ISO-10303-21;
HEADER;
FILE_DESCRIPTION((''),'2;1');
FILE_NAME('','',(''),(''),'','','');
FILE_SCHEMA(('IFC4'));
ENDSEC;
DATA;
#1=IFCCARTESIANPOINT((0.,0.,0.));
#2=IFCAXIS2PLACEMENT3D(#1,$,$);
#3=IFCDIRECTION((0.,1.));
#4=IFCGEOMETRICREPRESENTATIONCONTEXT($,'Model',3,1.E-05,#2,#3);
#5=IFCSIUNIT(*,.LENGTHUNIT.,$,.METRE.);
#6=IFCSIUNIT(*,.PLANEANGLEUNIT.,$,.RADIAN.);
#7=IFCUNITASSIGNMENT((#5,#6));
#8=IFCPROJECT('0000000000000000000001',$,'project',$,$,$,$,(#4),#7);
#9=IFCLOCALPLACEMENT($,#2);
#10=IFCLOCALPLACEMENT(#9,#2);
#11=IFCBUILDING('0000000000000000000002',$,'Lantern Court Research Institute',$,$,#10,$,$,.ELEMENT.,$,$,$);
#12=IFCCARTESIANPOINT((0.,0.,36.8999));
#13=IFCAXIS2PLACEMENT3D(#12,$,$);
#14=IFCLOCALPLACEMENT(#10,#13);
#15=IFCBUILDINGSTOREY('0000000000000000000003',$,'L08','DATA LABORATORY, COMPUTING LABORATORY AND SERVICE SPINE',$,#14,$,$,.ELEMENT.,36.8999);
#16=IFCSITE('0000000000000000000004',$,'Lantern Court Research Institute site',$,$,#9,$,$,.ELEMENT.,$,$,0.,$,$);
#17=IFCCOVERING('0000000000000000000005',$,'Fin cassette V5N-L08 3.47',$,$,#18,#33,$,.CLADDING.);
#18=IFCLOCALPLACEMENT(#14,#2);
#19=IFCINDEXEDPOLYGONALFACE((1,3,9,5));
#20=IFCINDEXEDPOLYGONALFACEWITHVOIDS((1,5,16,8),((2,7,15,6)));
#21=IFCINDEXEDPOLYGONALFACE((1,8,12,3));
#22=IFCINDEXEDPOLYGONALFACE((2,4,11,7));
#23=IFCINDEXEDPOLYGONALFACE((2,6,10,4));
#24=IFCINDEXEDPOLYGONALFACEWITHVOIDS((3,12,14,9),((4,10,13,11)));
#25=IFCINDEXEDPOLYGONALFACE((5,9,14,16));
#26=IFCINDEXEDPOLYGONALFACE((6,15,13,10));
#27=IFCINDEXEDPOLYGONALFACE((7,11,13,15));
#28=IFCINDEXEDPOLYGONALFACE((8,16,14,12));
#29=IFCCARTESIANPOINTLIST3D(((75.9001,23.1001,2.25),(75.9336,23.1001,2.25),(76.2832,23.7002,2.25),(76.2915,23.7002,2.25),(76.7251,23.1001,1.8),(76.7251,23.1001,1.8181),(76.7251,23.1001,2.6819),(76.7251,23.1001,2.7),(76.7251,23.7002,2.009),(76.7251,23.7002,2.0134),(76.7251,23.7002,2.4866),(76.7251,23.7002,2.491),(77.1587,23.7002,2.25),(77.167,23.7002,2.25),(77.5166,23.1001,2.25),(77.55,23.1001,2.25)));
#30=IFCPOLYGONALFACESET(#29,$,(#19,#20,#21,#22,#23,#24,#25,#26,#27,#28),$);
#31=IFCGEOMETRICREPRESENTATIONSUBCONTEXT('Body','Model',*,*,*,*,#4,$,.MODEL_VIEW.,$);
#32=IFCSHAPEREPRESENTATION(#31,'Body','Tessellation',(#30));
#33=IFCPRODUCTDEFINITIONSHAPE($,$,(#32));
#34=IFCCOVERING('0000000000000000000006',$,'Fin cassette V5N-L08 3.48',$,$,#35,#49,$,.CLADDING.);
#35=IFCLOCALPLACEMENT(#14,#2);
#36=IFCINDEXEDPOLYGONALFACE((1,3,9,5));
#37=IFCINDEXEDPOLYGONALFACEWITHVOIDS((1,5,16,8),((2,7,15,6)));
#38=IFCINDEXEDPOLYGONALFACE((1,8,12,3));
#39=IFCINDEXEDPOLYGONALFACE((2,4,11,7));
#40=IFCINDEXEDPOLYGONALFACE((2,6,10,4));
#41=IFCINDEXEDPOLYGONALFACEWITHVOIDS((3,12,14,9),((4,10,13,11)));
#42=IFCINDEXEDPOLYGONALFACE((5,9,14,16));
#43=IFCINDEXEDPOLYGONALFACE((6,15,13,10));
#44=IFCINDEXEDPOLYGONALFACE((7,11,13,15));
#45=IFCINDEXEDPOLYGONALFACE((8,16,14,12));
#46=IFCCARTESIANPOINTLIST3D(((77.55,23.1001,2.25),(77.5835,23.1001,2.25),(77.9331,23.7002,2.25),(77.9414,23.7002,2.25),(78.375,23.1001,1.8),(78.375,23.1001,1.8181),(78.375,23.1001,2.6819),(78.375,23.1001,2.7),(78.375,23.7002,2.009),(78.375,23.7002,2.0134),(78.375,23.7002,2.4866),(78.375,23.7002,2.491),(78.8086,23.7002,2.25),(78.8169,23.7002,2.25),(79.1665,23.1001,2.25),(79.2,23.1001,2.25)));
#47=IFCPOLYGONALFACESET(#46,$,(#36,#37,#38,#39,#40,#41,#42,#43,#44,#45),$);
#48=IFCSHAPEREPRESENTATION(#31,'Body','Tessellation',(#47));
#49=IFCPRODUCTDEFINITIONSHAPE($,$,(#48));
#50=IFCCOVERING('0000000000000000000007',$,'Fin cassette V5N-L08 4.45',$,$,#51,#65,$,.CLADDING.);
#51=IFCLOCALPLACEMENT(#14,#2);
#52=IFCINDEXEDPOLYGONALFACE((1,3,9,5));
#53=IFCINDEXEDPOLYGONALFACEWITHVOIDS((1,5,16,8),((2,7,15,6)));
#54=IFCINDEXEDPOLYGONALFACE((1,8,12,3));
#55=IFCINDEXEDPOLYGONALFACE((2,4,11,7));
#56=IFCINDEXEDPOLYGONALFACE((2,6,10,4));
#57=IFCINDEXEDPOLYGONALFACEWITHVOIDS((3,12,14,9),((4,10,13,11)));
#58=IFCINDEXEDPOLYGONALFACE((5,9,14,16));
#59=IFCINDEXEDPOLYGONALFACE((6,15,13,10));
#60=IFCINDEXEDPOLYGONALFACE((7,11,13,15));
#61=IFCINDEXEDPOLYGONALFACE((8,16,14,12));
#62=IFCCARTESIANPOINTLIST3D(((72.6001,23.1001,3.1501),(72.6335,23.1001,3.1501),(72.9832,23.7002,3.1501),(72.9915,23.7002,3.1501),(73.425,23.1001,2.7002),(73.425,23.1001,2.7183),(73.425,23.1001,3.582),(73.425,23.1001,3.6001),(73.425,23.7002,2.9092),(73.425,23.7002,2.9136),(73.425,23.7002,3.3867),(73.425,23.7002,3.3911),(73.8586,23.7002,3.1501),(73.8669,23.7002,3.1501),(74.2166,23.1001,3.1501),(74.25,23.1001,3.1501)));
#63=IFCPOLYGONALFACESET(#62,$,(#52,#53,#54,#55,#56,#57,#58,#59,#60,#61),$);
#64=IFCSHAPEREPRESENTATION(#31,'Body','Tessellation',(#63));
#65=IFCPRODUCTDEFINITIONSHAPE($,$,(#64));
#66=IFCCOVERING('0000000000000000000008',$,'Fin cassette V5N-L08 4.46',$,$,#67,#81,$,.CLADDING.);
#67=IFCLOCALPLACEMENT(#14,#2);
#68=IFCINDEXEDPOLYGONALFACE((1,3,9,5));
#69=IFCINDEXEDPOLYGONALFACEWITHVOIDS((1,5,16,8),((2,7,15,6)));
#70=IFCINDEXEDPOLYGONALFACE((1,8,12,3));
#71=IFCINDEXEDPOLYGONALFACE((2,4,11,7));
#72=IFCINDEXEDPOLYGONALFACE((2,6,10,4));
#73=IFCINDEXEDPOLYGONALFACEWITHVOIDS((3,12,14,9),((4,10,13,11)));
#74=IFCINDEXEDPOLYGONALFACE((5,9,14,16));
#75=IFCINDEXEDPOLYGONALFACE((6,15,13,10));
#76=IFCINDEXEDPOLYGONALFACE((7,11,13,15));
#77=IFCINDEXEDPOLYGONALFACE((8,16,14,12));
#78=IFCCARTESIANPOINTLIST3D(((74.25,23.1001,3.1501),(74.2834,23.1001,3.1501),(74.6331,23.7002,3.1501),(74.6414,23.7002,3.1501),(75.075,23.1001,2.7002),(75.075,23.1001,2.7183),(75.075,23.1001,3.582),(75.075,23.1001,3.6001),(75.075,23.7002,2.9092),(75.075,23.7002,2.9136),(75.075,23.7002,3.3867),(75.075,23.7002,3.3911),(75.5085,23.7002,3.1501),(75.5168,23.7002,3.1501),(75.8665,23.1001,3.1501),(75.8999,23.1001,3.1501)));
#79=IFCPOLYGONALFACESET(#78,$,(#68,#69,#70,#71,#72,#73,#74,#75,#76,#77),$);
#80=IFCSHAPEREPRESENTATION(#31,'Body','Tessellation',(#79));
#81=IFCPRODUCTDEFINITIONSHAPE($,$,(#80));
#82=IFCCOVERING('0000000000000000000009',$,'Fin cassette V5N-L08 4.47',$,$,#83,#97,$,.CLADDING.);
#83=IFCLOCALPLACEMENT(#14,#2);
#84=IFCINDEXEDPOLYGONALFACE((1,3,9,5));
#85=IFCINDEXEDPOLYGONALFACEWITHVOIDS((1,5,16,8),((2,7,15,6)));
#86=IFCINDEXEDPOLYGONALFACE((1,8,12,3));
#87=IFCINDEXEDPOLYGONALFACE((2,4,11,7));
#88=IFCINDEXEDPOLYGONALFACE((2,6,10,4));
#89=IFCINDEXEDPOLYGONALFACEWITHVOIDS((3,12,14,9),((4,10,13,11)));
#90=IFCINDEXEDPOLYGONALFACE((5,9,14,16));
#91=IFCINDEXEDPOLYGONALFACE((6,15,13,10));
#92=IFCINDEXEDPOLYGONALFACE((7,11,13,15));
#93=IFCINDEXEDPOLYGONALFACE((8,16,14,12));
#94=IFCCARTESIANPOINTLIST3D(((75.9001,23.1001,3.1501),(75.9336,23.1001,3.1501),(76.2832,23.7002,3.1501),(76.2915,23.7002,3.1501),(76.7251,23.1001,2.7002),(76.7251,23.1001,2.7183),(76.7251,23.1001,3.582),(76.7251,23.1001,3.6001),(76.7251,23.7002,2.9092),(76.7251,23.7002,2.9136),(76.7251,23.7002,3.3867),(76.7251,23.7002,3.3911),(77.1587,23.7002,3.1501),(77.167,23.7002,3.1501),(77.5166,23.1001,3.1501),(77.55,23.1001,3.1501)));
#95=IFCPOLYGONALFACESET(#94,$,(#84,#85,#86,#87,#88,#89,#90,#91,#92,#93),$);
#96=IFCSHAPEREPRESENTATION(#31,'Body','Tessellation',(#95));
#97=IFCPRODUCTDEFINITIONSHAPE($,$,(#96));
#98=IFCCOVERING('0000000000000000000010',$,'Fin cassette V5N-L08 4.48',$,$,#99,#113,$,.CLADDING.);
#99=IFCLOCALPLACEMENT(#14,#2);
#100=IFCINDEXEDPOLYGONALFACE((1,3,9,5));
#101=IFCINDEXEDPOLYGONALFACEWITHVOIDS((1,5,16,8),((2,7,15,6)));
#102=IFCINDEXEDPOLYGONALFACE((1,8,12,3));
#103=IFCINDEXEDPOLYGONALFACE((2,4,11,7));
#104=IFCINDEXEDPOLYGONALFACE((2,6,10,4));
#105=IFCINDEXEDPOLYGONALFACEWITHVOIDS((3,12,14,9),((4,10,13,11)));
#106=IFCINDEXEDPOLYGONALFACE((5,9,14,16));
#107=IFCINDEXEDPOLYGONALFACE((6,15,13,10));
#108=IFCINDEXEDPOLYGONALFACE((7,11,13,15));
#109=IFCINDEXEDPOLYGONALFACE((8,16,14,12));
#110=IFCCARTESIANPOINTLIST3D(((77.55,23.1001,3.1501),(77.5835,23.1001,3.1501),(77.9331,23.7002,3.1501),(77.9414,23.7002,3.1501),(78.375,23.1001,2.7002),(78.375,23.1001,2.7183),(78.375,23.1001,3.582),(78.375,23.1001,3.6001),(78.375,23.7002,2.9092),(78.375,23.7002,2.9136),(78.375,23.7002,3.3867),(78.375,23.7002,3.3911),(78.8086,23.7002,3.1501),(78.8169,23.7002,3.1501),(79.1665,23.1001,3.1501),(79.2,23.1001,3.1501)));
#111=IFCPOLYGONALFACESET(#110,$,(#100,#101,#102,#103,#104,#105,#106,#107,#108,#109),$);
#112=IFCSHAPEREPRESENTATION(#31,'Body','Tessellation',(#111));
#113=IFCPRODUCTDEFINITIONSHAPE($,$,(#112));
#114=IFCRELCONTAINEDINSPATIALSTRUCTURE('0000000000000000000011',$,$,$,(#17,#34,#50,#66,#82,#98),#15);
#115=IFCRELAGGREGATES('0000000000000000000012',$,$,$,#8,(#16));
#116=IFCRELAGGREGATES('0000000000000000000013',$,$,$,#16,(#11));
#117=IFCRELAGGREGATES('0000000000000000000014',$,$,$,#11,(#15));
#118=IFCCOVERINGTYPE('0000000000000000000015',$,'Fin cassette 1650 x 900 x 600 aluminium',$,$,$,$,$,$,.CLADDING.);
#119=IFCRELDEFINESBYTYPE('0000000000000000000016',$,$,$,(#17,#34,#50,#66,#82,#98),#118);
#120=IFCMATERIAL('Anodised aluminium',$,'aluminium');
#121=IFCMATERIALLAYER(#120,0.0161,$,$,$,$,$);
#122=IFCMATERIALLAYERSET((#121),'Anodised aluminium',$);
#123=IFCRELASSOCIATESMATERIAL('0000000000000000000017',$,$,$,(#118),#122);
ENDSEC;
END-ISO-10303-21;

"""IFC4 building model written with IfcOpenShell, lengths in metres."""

from ifc_helpers import new_model, entity, si_unit, direction, frame, origin, place, context, subcontext, project, spatial, material, layer, layer_set, type_object, element, save


model = new_model("IFC4")

# Units and contexts
model_context = context("Model", 3, precision=1e-05, world=origin(), true_north=direction((0.0, 1.0)))
body_context = subcontext(model_context, "Body", "Model", "MODEL_VIEW")
ifc_project = project(units=[si_unit("LENGTHUNIT", "METRE"), si_unit("PLANEANGLEUNIT", "RADIAN")], contexts=[model_context])

# Site, building, storey
site_placement = place(None, origin())
site = spatial("IfcSite", under=ifc_project, at=site_placement, Name="Lantern Court Research Institute site", CompositionType="ELEMENT", RefElevation=0.0)
building_placement = place(site_placement, origin())
building = spatial("IfcBuilding", under=site, at=building_placement, Name="Lantern Court Research Institute", CompositionType="ELEMENT")
storey_placement = place(building_placement, frame((0.0, 0.0, 36.8999)))
storey = spatial("IfcBuildingStorey", under=building, at=storey_placement, Name="L08", Description="DATA LABORATORY, COMPUTING LABORATORY AND SERVICE SPINE", CompositionType="ELEMENT", Elevation=36.8999)

# Coverings
ifc_material = material(Name="Anodised aluminium", Category="aluminium")
ifc_layer = layer(ifc_material, 0.0161)
ifc_layer_set = layer_set([ifc_layer], Name="Anodised aluminium")
covering_type = type_object("IfcCoveringType", Name="Fin cassette 1650 x 900 x 600 aluminium", PredefinedType="CLADDING", material=ifc_layer_set)
covering_1_placement = place(storey_placement, frame((76.7251, 23.1001, 2.25), z_axis=(0.0, 1.0, 0.0), x_axis=(-1.0, 0.0, 0.0)))
cartesian_point_1 = entity("IfcCartesianPoint", [0.825, 0.0])
cartesian_point_2 = entity("IfcCartesianPoint", [0.7915, 0.0])
cartesian_point_3 = entity("IfcCartesianPoint", [0.4419, 0.0])
cartesian_point_4 = entity("IfcCartesianPoint", [0.4336, 0.0])
element("IfcCovering", 1, at=covering_1_placement, inside=storey, type_object=covering_type, Name="Fin cassette V5N-L08 3.47", PredefinedType="CLADDING", context=body_context, shape_type="SweptSolid", body=[
    entity("IfcExtrudedAreaSolidTapered", entity("IfcArbitraryProfileDefWithVoids", "AREA", None, entity("IfcPolyline", [cartesian_point_1, entity("IfcCartesianPoint", [0.0, 0.45]), entity("IfcCartesianPoint", [-0.825, 0.0]), entity("IfcCartesianPoint", [0.0, -0.45]), cartesian_point_1]), [entity("IfcPolyline", [cartesian_point_2, entity("IfcCartesianPoint", [0.0, 0.4319]), entity("IfcCartesianPoint", [-0.7915, 0.0]), entity("IfcCartesianPoint", [0.0, -0.4319]), cartesian_point_2])]), entity("IfcAxis2Placement3D", entity("IfcCartesianPoint", [0.0, 0.0, 0.0])), entity("IfcDirection", [0.0, 0.0, 1.0]), 0.6001, entity("IfcArbitraryProfileDefWithVoids", "AREA", None, entity("IfcPolyline", [cartesian_point_3, entity("IfcCartesianPoint", [0.0, 0.241]), entity("IfcCartesianPoint", [-0.4419, 0.0]), entity("IfcCartesianPoint", [0.0, -0.241]), cartesian_point_3]), [entity("IfcPolyline", [cartesian_point_4, entity("IfcCartesianPoint", [0.0, 0.2366]), entity("IfcCartesianPoint", [-0.4336, 0.0]), entity("IfcCartesianPoint", [0.0, -0.2366]), cartesian_point_4])])),
])
covering_2_placement = place(storey_placement, frame((78.375, 23.1001, 2.25), z_axis=(0.0, 1.0, 0.0), x_axis=(-1.0, 0.0, 0.0)))
cartesian_point_5 = entity("IfcCartesianPoint", [0.825, 0.0])
cartesian_point_6 = entity("IfcCartesianPoint", [0.7915, 0.0])
cartesian_point_7 = entity("IfcCartesianPoint", [0.4419, 0.0])
cartesian_point_8 = entity("IfcCartesianPoint", [0.4336, 0.0])
element("IfcCovering", 2, at=covering_2_placement, inside=storey, type_object=covering_type, Name="Fin cassette V5N-L08 3.48", PredefinedType="CLADDING", context=body_context, shape_type="SweptSolid", body=[
    entity("IfcExtrudedAreaSolidTapered", entity("IfcArbitraryProfileDefWithVoids", "AREA", None, entity("IfcPolyline", [cartesian_point_5, entity("IfcCartesianPoint", [0.0, 0.45]), entity("IfcCartesianPoint", [-0.825, 0.0]), entity("IfcCartesianPoint", [0.0, -0.45]), cartesian_point_5]), [entity("IfcPolyline", [cartesian_point_6, entity("IfcCartesianPoint", [0.0, 0.4319]), entity("IfcCartesianPoint", [-0.7915, 0.0]), entity("IfcCartesianPoint", [0.0, -0.4319]), cartesian_point_6])]), entity("IfcAxis2Placement3D", entity("IfcCartesianPoint", [0.0, 0.0, 0.0])), entity("IfcDirection", [0.0, 0.0, 1.0]), 0.6001, entity("IfcArbitraryProfileDefWithVoids", "AREA", None, entity("IfcPolyline", [cartesian_point_7, entity("IfcCartesianPoint", [0.0, 0.241]), entity("IfcCartesianPoint", [-0.4419, 0.0]), entity("IfcCartesianPoint", [0.0, -0.241]), cartesian_point_7]), [entity("IfcPolyline", [cartesian_point_8, entity("IfcCartesianPoint", [0.0, 0.2366]), entity("IfcCartesianPoint", [-0.4336, 0.0]), entity("IfcCartesianPoint", [0.0, -0.2366]), cartesian_point_8])])),
])
covering_3_placement = place(storey_placement, frame((73.425, 23.1001, 3.1501), z_axis=(0.0, 1.0, 0.0), x_axis=(-1.0, 0.0, 0.0)))
cartesian_point_9 = entity("IfcCartesianPoint", [0.825, 0.0])
cartesian_point_10 = entity("IfcCartesianPoint", [0.7915, 0.0])
cartesian_point_11 = entity("IfcCartesianPoint", [0.4419, 0.0])
cartesian_point_12 = entity("IfcCartesianPoint", [0.4336, 0.0])
element("IfcCovering", 3, at=covering_3_placement, inside=storey, type_object=covering_type, Name="Fin cassette V5N-L08 4.45", PredefinedType="CLADDING", context=body_context, shape_type="SweptSolid", body=[
    entity("IfcExtrudedAreaSolidTapered", entity("IfcArbitraryProfileDefWithVoids", "AREA", None, entity("IfcPolyline", [cartesian_point_9, entity("IfcCartesianPoint", [0.0, 0.45]), entity("IfcCartesianPoint", [-0.825, 0.0]), entity("IfcCartesianPoint", [0.0, -0.45]), cartesian_point_9]), [entity("IfcPolyline", [cartesian_point_10, entity("IfcCartesianPoint", [0.0, 0.4319]), entity("IfcCartesianPoint", [-0.7915, 0.0]), entity("IfcCartesianPoint", [0.0, -0.4319]), cartesian_point_10])]), entity("IfcAxis2Placement3D", entity("IfcCartesianPoint", [0.0, 0.0, 0.0])), entity("IfcDirection", [0.0, 0.0, 1.0]), 0.6001, entity("IfcArbitraryProfileDefWithVoids", "AREA", None, entity("IfcPolyline", [cartesian_point_11, entity("IfcCartesianPoint", [0.0, 0.241]), entity("IfcCartesianPoint", [-0.4419, 0.0]), entity("IfcCartesianPoint", [0.0, -0.241]), cartesian_point_11]), [entity("IfcPolyline", [cartesian_point_12, entity("IfcCartesianPoint", [0.0, 0.2366]), entity("IfcCartesianPoint", [-0.4336, 0.0]), entity("IfcCartesianPoint", [0.0, -0.2366]), cartesian_point_12])])),
])
covering_4_placement = place(storey_placement, frame((75.075, 23.1001, 3.1501), z_axis=(0.0, 1.0, 0.0), x_axis=(-1.0, 0.0, 0.0)))
cartesian_point_13 = entity("IfcCartesianPoint", [0.825, 0.0])
cartesian_point_14 = entity("IfcCartesianPoint", [0.7915, 0.0])
cartesian_point_15 = entity("IfcCartesianPoint", [0.4419, 0.0])
cartesian_point_16 = entity("IfcCartesianPoint", [0.4336, 0.0])
element("IfcCovering", 4, at=covering_4_placement, inside=storey, type_object=covering_type, Name="Fin cassette V5N-L08 4.46", PredefinedType="CLADDING", context=body_context, shape_type="SweptSolid", body=[
    entity("IfcExtrudedAreaSolidTapered", entity("IfcArbitraryProfileDefWithVoids", "AREA", None, entity("IfcPolyline", [cartesian_point_13, entity("IfcCartesianPoint", [0.0, 0.45]), entity("IfcCartesianPoint", [-0.825, 0.0]), entity("IfcCartesianPoint", [0.0, -0.45]), cartesian_point_13]), [entity("IfcPolyline", [cartesian_point_14, entity("IfcCartesianPoint", [0.0, 0.4319]), entity("IfcCartesianPoint", [-0.7915, 0.0]), entity("IfcCartesianPoint", [0.0, -0.4319]), cartesian_point_14])]), entity("IfcAxis2Placement3D", entity("IfcCartesianPoint", [0.0, 0.0, 0.0])), entity("IfcDirection", [0.0, 0.0, 1.0]), 0.6001, entity("IfcArbitraryProfileDefWithVoids", "AREA", None, entity("IfcPolyline", [cartesian_point_15, entity("IfcCartesianPoint", [0.0, 0.241]), entity("IfcCartesianPoint", [-0.4419, 0.0]), entity("IfcCartesianPoint", [0.0, -0.241]), cartesian_point_15]), [entity("IfcPolyline", [cartesian_point_16, entity("IfcCartesianPoint", [0.0, 0.2366]), entity("IfcCartesianPoint", [-0.4336, 0.0]), entity("IfcCartesianPoint", [0.0, -0.2366]), cartesian_point_16])])),
])
covering_5_placement = place(storey_placement, frame((76.7251, 23.1001, 3.1501), z_axis=(0.0, 1.0, 0.0), x_axis=(-1.0, 0.0, 0.0)))
cartesian_point_17 = entity("IfcCartesianPoint", [0.825, 0.0])
cartesian_point_18 = entity("IfcCartesianPoint", [0.7915, 0.0])
cartesian_point_19 = entity("IfcCartesianPoint", [0.4419, 0.0])
cartesian_point_20 = entity("IfcCartesianPoint", [0.4336, 0.0])
element("IfcCovering", 5, at=covering_5_placement, inside=storey, type_object=covering_type, Name="Fin cassette V5N-L08 4.47", PredefinedType="CLADDING", context=body_context, shape_type="SweptSolid", body=[
    entity("IfcExtrudedAreaSolidTapered", entity("IfcArbitraryProfileDefWithVoids", "AREA", None, entity("IfcPolyline", [cartesian_point_17, entity("IfcCartesianPoint", [0.0, 0.45]), entity("IfcCartesianPoint", [-0.825, 0.0]), entity("IfcCartesianPoint", [0.0, -0.45]), cartesian_point_17]), [entity("IfcPolyline", [cartesian_point_18, entity("IfcCartesianPoint", [0.0, 0.4319]), entity("IfcCartesianPoint", [-0.7915, 0.0]), entity("IfcCartesianPoint", [0.0, -0.4319]), cartesian_point_18])]), entity("IfcAxis2Placement3D", entity("IfcCartesianPoint", [0.0, 0.0, 0.0])), entity("IfcDirection", [0.0, 0.0, 1.0]), 0.6001, entity("IfcArbitraryProfileDefWithVoids", "AREA", None, entity("IfcPolyline", [cartesian_point_19, entity("IfcCartesianPoint", [0.0, 0.241]), entity("IfcCartesianPoint", [-0.4419, 0.0]), entity("IfcCartesianPoint", [0.0, -0.241]), cartesian_point_19]), [entity("IfcPolyline", [cartesian_point_20, entity("IfcCartesianPoint", [0.0, 0.2366]), entity("IfcCartesianPoint", [-0.4336, 0.0]), entity("IfcCartesianPoint", [0.0, -0.2366]), cartesian_point_20])])),
])
covering_6_placement = place(storey_placement, frame((78.375, 23.1001, 3.1501), z_axis=(0.0, 1.0, 0.0), x_axis=(-1.0, 0.0, 0.0)))
cartesian_point_21 = entity("IfcCartesianPoint", [0.825, 0.0])
cartesian_point_22 = entity("IfcCartesianPoint", [0.7915, 0.0])
cartesian_point_23 = entity("IfcCartesianPoint", [0.4419, 0.0])
cartesian_point_24 = entity("IfcCartesianPoint", [0.4336, 0.0])
element("IfcCovering", 6, at=covering_6_placement, inside=storey, type_object=covering_type, Name="Fin cassette V5N-L08 4.48", PredefinedType="CLADDING", context=body_context, shape_type="SweptSolid", body=[
    entity("IfcExtrudedAreaSolidTapered", entity("IfcArbitraryProfileDefWithVoids", "AREA", None, entity("IfcPolyline", [cartesian_point_21, entity("IfcCartesianPoint", [0.0, 0.45]), entity("IfcCartesianPoint", [-0.825, 0.0]), entity("IfcCartesianPoint", [0.0, -0.45]), cartesian_point_21]), [entity("IfcPolyline", [cartesian_point_22, entity("IfcCartesianPoint", [0.0, 0.4319]), entity("IfcCartesianPoint", [-0.7915, 0.0]), entity("IfcCartesianPoint", [0.0, -0.4319]), cartesian_point_22])]), entity("IfcAxis2Placement3D", entity("IfcCartesianPoint", [0.0, 0.0, 0.0])), entity("IfcDirection", [0.0, 0.0, 1.0]), 0.6001, entity("IfcArbitraryProfileDefWithVoids", "AREA", None, entity("IfcPolyline", [cartesian_point_23, entity("IfcCartesianPoint", [0.0, 0.241]), entity("IfcCartesianPoint", [-0.4419, 0.0]), entity("IfcCartesianPoint", [0.0, -0.241]), cartesian_point_23]), [entity("IfcPolyline", [cartesian_point_24, entity("IfcCartesianPoint", [0.0, 0.2366]), entity("IfcCartesianPoint", [-0.4336, 0.0]), entity("IfcCartesianPoint", [0.0, -0.2366]), cartesian_point_24])])),
])

save(model, "model.ifc")
